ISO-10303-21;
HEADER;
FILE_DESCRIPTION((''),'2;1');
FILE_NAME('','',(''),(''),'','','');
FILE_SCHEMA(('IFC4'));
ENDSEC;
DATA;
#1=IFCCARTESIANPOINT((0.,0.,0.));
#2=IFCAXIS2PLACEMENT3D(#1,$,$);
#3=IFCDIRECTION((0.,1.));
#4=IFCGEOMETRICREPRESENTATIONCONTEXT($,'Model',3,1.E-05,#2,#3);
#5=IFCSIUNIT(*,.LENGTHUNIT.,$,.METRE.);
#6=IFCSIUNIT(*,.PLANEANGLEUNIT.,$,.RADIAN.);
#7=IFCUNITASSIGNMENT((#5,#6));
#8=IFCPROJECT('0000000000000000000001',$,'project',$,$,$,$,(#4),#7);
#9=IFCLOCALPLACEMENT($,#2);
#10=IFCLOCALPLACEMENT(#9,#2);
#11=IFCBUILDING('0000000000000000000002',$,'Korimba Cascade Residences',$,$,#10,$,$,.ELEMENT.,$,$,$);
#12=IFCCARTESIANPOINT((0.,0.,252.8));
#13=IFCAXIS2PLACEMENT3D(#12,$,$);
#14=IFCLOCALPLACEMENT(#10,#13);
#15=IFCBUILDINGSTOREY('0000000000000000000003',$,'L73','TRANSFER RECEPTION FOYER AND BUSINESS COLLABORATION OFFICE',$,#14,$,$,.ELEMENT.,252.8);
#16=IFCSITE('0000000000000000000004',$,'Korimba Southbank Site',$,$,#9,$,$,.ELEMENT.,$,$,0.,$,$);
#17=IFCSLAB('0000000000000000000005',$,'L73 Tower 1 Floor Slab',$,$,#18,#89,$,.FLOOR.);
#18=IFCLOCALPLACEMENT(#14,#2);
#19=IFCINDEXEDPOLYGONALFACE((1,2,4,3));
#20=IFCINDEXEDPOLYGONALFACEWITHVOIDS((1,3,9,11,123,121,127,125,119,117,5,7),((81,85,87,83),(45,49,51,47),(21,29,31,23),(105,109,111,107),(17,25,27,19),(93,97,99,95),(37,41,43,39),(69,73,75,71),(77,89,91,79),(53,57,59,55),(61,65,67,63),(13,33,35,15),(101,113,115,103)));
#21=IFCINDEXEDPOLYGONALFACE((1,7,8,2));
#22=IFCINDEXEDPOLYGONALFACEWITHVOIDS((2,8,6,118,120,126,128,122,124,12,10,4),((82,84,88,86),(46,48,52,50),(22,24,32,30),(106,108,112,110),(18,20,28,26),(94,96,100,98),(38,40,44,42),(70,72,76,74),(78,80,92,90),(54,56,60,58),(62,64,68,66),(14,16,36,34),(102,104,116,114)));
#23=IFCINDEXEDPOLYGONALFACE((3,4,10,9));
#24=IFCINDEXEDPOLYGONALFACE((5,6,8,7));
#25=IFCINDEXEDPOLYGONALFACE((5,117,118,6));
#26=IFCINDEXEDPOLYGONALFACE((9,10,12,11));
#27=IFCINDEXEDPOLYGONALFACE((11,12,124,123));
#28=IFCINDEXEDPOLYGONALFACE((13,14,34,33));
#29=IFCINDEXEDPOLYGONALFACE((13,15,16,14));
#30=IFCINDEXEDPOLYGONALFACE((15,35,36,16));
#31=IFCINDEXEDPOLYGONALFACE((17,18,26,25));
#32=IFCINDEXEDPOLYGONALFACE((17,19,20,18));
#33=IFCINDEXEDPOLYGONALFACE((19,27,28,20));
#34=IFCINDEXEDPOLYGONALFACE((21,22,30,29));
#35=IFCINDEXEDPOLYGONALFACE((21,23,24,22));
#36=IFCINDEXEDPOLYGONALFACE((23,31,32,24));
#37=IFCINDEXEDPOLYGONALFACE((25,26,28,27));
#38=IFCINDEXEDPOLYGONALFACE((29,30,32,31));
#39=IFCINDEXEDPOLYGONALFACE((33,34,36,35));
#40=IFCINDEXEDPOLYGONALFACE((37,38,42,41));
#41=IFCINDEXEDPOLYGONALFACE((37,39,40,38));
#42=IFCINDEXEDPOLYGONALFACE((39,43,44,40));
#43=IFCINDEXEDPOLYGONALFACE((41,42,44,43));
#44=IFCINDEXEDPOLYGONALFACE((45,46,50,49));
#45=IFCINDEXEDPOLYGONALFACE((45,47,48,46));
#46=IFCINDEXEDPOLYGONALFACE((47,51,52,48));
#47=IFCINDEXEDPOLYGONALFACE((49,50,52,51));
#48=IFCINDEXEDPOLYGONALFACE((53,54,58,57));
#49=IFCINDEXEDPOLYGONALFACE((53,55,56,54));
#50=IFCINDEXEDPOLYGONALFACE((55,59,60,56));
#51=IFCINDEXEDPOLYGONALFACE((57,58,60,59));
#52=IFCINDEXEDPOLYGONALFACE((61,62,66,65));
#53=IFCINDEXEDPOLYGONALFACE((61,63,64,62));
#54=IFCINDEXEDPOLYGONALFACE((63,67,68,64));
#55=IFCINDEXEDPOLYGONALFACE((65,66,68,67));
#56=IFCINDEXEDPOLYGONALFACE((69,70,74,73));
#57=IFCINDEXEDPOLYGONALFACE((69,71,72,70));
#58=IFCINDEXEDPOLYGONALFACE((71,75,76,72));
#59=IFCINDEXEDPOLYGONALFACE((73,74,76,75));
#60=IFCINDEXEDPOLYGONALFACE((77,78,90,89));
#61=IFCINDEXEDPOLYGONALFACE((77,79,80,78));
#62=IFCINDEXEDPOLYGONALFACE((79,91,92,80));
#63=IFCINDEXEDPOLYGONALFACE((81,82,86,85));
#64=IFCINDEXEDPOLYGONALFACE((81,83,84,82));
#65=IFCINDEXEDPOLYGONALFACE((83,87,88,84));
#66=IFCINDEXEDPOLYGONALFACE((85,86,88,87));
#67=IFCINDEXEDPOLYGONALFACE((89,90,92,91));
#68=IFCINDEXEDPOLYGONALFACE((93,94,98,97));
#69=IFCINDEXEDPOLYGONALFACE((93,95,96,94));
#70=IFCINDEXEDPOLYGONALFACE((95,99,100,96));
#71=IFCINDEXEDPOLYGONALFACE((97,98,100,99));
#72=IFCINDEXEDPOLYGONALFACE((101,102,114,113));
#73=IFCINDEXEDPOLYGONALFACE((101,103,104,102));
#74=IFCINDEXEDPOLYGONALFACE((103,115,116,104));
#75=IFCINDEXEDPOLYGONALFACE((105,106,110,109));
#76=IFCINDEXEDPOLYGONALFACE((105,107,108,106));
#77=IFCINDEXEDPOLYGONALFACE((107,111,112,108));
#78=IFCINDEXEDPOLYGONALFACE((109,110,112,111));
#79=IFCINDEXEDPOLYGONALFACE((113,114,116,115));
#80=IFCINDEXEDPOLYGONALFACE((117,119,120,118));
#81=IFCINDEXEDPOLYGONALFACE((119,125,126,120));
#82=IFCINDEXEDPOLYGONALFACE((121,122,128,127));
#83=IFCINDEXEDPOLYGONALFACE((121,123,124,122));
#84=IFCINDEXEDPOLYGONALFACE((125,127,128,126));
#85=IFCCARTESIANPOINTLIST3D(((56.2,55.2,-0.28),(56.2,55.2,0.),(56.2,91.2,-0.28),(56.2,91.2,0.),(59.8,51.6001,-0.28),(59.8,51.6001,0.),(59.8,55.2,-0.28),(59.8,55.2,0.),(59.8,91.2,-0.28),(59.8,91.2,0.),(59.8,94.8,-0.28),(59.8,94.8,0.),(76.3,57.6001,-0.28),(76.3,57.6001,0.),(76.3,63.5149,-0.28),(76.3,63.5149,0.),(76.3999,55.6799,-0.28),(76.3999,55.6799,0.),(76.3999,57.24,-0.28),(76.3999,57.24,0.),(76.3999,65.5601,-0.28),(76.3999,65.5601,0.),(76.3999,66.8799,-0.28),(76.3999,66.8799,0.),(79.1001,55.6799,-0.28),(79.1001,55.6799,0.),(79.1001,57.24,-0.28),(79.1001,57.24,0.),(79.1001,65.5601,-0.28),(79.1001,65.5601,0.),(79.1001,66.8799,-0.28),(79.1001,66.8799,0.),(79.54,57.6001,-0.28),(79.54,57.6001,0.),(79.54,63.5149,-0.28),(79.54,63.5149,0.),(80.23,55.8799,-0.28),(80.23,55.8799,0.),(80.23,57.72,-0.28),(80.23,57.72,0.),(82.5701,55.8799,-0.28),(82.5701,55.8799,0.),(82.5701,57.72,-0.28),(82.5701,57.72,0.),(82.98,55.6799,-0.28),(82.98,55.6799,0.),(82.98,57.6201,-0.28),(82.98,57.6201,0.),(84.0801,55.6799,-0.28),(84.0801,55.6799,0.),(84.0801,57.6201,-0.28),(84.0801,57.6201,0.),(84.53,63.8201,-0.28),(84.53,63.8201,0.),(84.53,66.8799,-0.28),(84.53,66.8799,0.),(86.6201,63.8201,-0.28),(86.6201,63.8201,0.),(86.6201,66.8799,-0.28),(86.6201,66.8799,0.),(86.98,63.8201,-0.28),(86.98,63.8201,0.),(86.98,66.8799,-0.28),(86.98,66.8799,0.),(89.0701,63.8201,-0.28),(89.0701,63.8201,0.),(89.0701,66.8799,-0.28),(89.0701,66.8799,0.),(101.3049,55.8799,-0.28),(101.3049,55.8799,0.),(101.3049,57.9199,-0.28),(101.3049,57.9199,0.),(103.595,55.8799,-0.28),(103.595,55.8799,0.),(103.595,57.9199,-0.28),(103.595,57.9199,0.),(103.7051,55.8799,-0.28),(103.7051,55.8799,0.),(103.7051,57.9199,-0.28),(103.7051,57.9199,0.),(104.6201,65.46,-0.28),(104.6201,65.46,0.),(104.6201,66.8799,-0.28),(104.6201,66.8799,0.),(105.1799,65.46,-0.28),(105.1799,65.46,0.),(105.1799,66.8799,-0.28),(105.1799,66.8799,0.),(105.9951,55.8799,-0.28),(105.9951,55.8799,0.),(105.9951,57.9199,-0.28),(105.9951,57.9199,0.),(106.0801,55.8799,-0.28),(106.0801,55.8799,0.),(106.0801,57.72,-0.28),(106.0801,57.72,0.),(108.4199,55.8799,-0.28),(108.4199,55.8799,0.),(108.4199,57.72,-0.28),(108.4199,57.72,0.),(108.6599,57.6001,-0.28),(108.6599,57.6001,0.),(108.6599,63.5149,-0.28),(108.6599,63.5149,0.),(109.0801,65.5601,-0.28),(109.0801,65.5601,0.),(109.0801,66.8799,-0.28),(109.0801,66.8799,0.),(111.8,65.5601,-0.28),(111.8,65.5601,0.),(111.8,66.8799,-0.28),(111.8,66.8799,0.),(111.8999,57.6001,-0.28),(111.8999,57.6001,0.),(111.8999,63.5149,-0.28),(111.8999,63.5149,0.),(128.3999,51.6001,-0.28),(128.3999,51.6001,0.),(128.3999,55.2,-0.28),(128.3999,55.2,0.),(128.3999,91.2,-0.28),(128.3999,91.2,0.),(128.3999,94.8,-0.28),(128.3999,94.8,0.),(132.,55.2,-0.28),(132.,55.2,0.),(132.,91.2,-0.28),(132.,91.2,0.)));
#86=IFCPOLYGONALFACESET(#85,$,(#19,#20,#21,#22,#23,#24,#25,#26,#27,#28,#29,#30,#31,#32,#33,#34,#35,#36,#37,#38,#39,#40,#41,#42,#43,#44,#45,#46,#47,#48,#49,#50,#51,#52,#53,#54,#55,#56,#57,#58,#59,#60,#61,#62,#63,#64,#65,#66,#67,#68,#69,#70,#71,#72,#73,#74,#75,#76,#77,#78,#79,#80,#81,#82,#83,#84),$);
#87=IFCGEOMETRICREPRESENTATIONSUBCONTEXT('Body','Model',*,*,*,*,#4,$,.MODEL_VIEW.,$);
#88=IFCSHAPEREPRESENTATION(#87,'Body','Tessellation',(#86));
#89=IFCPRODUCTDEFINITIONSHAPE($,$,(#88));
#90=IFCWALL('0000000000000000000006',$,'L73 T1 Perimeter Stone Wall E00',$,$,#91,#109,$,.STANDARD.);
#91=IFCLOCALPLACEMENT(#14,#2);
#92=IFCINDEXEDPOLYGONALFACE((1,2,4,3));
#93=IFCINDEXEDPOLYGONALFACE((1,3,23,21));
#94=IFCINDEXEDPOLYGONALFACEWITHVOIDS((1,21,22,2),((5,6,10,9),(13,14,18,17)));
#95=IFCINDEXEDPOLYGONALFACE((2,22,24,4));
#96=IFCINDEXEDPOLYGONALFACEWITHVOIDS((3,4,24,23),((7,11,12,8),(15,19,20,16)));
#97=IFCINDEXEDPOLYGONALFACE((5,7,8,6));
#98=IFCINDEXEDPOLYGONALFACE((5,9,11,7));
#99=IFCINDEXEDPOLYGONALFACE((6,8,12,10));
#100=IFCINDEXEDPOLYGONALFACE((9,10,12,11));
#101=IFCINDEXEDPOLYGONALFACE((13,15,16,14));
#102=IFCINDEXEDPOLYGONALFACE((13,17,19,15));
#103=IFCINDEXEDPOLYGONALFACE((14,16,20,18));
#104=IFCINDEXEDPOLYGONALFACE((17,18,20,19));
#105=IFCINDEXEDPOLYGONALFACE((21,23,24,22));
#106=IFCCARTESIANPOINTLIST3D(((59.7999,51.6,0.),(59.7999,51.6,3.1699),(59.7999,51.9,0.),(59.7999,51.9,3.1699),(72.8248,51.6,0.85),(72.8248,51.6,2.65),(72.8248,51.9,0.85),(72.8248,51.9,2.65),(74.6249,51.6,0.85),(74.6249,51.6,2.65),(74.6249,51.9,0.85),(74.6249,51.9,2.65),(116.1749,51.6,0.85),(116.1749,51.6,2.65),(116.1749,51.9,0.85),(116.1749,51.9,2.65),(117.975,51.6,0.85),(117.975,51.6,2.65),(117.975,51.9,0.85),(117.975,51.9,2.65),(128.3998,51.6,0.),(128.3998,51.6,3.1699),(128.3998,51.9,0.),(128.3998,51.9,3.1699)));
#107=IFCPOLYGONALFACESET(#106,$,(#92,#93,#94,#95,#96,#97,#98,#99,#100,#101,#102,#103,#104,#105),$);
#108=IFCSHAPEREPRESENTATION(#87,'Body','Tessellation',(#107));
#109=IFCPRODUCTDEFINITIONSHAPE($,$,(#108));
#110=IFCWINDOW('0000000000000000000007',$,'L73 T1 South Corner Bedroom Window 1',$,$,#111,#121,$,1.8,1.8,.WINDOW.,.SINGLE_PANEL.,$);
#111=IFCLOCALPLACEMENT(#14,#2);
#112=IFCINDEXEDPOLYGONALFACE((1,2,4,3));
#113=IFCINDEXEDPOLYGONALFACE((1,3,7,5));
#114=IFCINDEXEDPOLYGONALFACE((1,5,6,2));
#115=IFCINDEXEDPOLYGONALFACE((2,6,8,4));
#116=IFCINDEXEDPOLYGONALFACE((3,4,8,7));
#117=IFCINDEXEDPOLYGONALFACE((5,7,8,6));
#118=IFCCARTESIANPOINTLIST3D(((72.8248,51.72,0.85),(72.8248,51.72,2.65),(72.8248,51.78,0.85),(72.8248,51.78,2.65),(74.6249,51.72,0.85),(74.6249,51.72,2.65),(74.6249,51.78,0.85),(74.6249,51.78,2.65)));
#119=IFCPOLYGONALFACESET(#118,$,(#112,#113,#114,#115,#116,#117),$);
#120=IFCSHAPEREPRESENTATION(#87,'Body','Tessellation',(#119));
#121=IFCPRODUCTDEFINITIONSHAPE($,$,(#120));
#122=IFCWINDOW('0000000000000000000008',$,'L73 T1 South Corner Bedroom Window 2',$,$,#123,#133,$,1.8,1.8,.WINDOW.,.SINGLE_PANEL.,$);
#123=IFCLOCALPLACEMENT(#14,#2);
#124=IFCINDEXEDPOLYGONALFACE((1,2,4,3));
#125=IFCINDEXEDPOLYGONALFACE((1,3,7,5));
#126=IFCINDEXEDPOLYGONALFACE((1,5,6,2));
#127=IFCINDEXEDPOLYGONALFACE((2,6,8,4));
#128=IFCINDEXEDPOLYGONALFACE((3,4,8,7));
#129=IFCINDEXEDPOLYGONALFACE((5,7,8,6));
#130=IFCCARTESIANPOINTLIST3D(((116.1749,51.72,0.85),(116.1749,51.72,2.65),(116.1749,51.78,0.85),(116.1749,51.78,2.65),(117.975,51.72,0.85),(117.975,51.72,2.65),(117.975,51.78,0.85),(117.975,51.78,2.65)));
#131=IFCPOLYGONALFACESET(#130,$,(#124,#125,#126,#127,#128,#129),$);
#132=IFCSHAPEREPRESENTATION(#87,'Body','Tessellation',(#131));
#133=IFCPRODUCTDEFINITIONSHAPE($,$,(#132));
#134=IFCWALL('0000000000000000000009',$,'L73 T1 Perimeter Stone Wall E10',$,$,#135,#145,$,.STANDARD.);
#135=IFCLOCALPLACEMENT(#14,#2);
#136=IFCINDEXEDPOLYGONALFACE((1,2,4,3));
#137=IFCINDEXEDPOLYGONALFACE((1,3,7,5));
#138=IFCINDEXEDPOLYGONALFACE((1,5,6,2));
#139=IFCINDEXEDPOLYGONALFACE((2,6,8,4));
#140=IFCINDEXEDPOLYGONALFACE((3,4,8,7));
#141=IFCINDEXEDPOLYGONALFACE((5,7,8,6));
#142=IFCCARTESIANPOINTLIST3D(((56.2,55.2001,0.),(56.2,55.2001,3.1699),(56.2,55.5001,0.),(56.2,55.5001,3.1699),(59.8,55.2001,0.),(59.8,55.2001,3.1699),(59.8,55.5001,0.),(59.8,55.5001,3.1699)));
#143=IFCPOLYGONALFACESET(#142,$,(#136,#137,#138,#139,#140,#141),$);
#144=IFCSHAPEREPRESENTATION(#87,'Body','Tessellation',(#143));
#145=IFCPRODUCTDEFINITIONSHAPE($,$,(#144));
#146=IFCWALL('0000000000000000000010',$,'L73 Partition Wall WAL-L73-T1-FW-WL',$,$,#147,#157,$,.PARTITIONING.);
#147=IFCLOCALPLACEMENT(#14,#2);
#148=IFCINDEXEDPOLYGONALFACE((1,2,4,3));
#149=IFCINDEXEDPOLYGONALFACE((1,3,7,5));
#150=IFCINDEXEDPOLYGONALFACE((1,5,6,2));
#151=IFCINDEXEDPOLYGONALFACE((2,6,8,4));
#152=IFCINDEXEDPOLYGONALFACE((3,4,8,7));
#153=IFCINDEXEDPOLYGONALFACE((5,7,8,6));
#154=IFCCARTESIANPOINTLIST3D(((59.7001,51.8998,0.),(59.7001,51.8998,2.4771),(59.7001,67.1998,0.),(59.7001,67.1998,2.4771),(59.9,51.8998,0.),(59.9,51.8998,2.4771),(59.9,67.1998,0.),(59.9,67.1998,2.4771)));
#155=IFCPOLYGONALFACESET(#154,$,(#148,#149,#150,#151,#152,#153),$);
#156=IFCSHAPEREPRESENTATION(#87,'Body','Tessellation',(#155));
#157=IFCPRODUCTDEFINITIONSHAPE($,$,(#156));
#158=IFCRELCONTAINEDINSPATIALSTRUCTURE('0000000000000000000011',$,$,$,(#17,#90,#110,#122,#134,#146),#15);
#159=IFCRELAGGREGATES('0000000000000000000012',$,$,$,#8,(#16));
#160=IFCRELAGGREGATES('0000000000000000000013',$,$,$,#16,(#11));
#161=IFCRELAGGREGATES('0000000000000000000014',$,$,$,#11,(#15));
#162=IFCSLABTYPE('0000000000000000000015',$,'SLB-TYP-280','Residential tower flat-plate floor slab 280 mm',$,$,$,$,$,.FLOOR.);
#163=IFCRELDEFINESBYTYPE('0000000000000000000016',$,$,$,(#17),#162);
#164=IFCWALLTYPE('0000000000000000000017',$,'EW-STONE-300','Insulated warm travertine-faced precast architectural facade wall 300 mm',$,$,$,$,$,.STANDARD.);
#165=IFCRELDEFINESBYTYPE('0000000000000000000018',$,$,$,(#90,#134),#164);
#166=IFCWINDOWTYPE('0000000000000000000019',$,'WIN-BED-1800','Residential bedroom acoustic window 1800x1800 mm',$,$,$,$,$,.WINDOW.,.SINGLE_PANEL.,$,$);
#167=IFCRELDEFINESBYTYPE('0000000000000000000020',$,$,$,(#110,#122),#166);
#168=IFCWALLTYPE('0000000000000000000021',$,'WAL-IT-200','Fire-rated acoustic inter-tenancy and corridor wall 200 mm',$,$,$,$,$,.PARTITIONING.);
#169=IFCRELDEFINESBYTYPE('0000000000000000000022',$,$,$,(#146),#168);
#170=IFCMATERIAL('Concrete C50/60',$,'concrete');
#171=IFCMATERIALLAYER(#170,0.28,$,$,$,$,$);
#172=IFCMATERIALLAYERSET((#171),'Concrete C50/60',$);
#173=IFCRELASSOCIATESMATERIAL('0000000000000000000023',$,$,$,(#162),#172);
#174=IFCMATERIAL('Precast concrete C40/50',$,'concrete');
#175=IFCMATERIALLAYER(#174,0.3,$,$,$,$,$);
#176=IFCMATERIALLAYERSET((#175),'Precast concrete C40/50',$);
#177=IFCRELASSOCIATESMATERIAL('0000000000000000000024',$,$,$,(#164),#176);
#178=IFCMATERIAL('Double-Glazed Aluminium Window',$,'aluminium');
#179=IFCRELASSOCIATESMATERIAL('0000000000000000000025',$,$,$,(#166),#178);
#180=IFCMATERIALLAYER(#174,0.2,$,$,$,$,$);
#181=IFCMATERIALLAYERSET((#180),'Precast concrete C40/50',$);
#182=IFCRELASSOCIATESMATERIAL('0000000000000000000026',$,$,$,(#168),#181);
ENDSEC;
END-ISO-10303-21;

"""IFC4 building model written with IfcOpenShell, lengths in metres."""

from ifc_helpers import new_model, si_unit, direction, frame, frame_2d, origin, place, context, subcontext, project, spatial, polyline, rectangle, outline, extrude, material, layer, layer_set, type_object, element, fill, save


model = new_model("IFC4")

# Units and contexts
model_context = context("Model", 3, precision=1e-05, world=origin(), true_north=direction((0.0, 1.0)))
body_context = subcontext(model_context, "Body", "Model", "MODEL_VIEW")
ifc_project = project(units=[si_unit("LENGTHUNIT", "METRE"), si_unit("PLANEANGLEUNIT", "RADIAN")], contexts=[model_context])

# Site, building, storey
site_placement = place(None, origin())
site = spatial("IfcSite", under=ifc_project, at=site_placement, Name="Korimba Southbank Site", CompositionType="ELEMENT", RefElevation=0.0)
building_placement = place(site_placement, origin())
building = spatial("IfcBuilding", under=site, at=building_placement, Name="Korimba Cascade Residences", CompositionType="ELEMENT")
storey_placement = place(building_placement, frame((0.0, 0.0, 252.8)))
storey = spatial("IfcBuildingStorey", under=building, at=storey_placement, Name="L73", Description="TRANSFER RECEPTION FOYER AND BUSINESS COLLABORATION OFFICE", CompositionType="ELEMENT", Elevation=252.8)

# Shared definitions
ifc_material_1 = material(Name="Concrete C50/60", Category="concrete")

# Slab
ifc_material_2 = material(Name="Precast concrete C40/50", Category="concrete")
ifc_layer_1 = layer(ifc_material_1, 0.28)
ifc_layer_set_1 = layer_set([ifc_layer_1], Name="Concrete C50/60")
slab_type_1 = type_object("IfcSlabType", Name="SLB-TYP-280", Description="Residential tower flat-plate floor slab 280 mm", PredefinedType="FLOOR", material=ifc_layer_set_1)
slab_1_placement = place(storey_placement, frame((0.0, 0.0, -0.28)))
element("IfcSlab", 1, at=slab_1_placement, inside=storey, type_object=slab_type_1, Name="L73 Tower 1 Floor Slab", PredefinedType="FLOOR", context=body_context, shape_type="SweptSolid", body=[
    extrude(outline(polyline([(59.8, 51.6001), (128.3999, 51.6001), (128.3999, 55.2), (132.0, 55.2), (132.0, 91.2), (128.3999, 91.2), (128.3999, 94.8), (59.8, 94.8), (59.8, 91.2), (56.2, 91.2), (56.2, 55.2), (59.8, 55.2), (59.8, 51.6001)]), holes=[polyline([(76.3, 63.5149), (76.3, 57.6001), (79.54, 57.6001), (79.54, 63.5149), (76.3, 63.5149)]), polyline([(108.6599, 63.5149), (108.6599, 57.6001), (111.8999, 57.6001), (111.8999, 63.5149), (108.6599, 63.5149)]), polyline([(80.23, 55.8799), (82.5701, 55.8799), (82.5701, 57.72), (80.23, 57.72), (80.23, 55.8799)]), polyline([(106.0801, 55.8799), (108.4199, 55.8799), (108.4199, 57.72), (106.0801, 57.72), (106.0801, 55.8799)]), polyline([(101.3049, 55.8799), (103.595, 55.8799), (103.595, 57.9199), (101.3049, 57.9199), (101.3049, 55.8799)]), polyline([(103.7051, 55.8799), (105.9951, 55.8799), (105.9951, 57.9199), (103.7051, 57.9199), (103.7051, 55.8799)]), polyline([(82.98, 55.6799), (84.0801, 55.6799), (84.0801, 57.6201), (82.98, 57.6201), (82.98, 55.6799)]), polyline([(76.3999, 65.5601), (79.1001, 65.5601), (79.1001, 66.8799), (76.3999, 66.8799), (76.3999, 65.5601)]), polyline([(76.3999, 55.6799), (79.1001, 55.6799), (79.1001, 57.24), (76.3999, 57.24), (76.3999, 55.6799)]), polyline([(84.53, 63.8201), (86.6201, 63.8201), (86.6201, 66.8799), (84.53, 66.8799), (84.53, 63.8201)]), polyline([(86.98, 63.8201), (89.0701, 63.8201), (89.0701, 66.8799), (86.98, 66.8799), (86.98, 63.8201)]), polyline([(104.6201, 65.46), (105.1799, 65.46), (105.1799, 66.8799), (104.6201, 66.8799), (104.6201, 65.46)]), polyline([(109.0801, 65.5601), (111.8, 65.5601), (111.8, 66.8799), (109.0801, 66.8799), (109.0801, 65.5601)])]), origin(), (0.0, 0.0, 1.0), 0.28),
])

# Wall, openings, windows
ifc_layer_2 = layer(ifc_material_2, 0.3)
ifc_layer_set_2 = layer_set([ifc_layer_2], Name="Precast concrete C40/50")
wall_type_1 = type_object("IfcWallType", Name="EW-STONE-300", Description="Insulated warm travertine-faced precast architectural facade wall 300 mm", PredefinedType="STANDARD", material=ifc_layer_set_2)
wall_1_placement = place(storey_placement, frame((59.8, 51.75, 0.0), z_axis=(0.0, 0.0, 1.0), x_axis=(1.0, 0.0, 0.0)))
wall_1 = element("IfcWall", 2, at=wall_1_placement, inside=storey, type_object=wall_type_1, Name="L73 T1 Perimeter Stone Wall E00", PredefinedType="STANDARD", context=body_context, shape_type="SweptSolid", body=[
    extrude(rectangle(XDim=68.5999, YDim=0.3, at=frame_2d((34.2998, 0.0))), origin(), (0.0, 0.0, 1.0), 3.1699),
])
opening_1_placement = place(wall_1_placement, frame((13.0249, 0.0, 0.8501)))
opening_1 = element("IfcOpeningElement", 3, at=opening_1_placement, cuts=wall_1, PredefinedType="OPENING", context=body_context, shape_type="SweptSolid", body=[
    extrude(rectangle(XDim=1.8, YDim=1.8, at=frame_2d((0.8999, 0.8999))), frame((0.0, 0.1602, 0.0), z_axis=(0.0, -1.0, 0.0), x_axis=(1.0, 0.0, 0.0)), (0.0, 0.0, 1.0), 0.3201),
])
opening_2_placement = place(wall_1_placement, frame((56.375, 0.0, 0.8501)))
opening_2 = element("IfcOpeningElement", 4, at=opening_2_placement, cuts=wall_1, PredefinedType="OPENING", context=body_context, shape_type="SweptSolid", body=[
    extrude(rectangle(XDim=1.8, YDim=1.8, at=frame_2d((0.8999, 0.8999))), frame((0.0, 0.1602, 0.0), z_axis=(0.0, -1.0, 0.0), x_axis=(1.0, 0.0, 0.0)), (0.0, 0.0, 1.0), 0.3201),
])
ifc_material_3 = material(Name="Double-Glazed Aluminium Window", Category="aluminium")
window_type = type_object("IfcWindowType", Name="WIN-BED-1800", Description="Residential bedroom acoustic window 1800x1800 mm", PartitioningType="SINGLE_PANEL", PredefinedType="WINDOW", material=ifc_material_3)
window_1_placement = place(opening_1_placement, origin())
window_1 = element("IfcWindow", 5, at=window_1_placement, inside=storey, type_object=window_type, Name="L73 T1 South Corner Bedroom Window 1", OverallHeight=1.8, OverallWidth=1.8, PartitioningType="SINGLE_PANEL", PredefinedType="WINDOW", context=body_context, shape_type="SweptSolid", body=[
    extrude(rectangle(XDim=1.8, YDim=1.8, at=frame_2d((0.8999, 0.8999))), frame((0.0, 0.03, 0.0), z_axis=(0.0, -1.0, 0.0), x_axis=(1.0, 0.0, 0.0)), (0.0, 0.0, 1.0), 0.0601),
])
fill(opening_1, window_1)
window_2_placement = place(opening_2_placement, origin())
window_2 = element("IfcWindow", 6, at=window_2_placement, inside=storey, type_object=window_type, Name="L73 T1 South Corner Bedroom Window 2", OverallHeight=1.8, OverallWidth=1.8, PartitioningType="SINGLE_PANEL", PredefinedType="WINDOW", context=body_context, shape_type="SweptSolid", body=[
    extrude(rectangle(XDim=1.8, YDim=1.8, at=frame_2d((0.8999, 0.8999))), frame((0.0, 0.03, 0.0), z_axis=(0.0, -1.0, 0.0), x_axis=(1.0, 0.0, 0.0)), (0.0, 0.0, 1.0), 0.0601),
])
fill(opening_2, window_2)

# Walls
wall_2_placement = place(storey_placement, frame((56.2, 55.3501, 0.0), z_axis=(0.0, 0.0, 1.0), x_axis=(1.0, 0.0, 0.0)))
element("IfcWall", 7, at=wall_2_placement, inside=storey, type_object=wall_type_1, Name="L73 T1 Perimeter Stone Wall E10", PredefinedType="STANDARD", context=body_context, shape_type="SweptSolid", body=[
    extrude(rectangle(XDim=3.6001, YDim=0.3, at=frame_2d((1.8, 0.0))), origin(), (0.0, 0.0, 1.0), 3.1699),
])
ifc_layer_3 = layer(ifc_material_2, 0.2)
ifc_layer_set_3 = layer_set([ifc_layer_3], Name="Precast concrete C40/50")
wall_type_2 = type_object("IfcWallType", Name="WAL-IT-200", Description="Fire-rated acoustic inter-tenancy and corridor wall 200 mm", PredefinedType="PARTITIONING", material=ifc_layer_set_3)
wall_3_placement = place(storey_placement, frame((59.8, 51.8999, 0.0), z_axis=(0.0, 0.0, 1.0), x_axis=(0.0, 1.0, 0.0)))
element("IfcWall", 8, at=wall_3_placement, inside=storey, type_object=wall_type_2, Name="L73 Partition Wall WAL-L73-T1-FW-WL", PredefinedType="PARTITIONING", context=body_context, shape_type="SweptSolid", body=[
    extrude(rectangle(XDim=15.3, YDim=0.2, at=frame_2d((7.6499, 0.0))), origin(), (0.0, 0.0, 1.0), 2.4771),
])

save(model, "model.ifc")
